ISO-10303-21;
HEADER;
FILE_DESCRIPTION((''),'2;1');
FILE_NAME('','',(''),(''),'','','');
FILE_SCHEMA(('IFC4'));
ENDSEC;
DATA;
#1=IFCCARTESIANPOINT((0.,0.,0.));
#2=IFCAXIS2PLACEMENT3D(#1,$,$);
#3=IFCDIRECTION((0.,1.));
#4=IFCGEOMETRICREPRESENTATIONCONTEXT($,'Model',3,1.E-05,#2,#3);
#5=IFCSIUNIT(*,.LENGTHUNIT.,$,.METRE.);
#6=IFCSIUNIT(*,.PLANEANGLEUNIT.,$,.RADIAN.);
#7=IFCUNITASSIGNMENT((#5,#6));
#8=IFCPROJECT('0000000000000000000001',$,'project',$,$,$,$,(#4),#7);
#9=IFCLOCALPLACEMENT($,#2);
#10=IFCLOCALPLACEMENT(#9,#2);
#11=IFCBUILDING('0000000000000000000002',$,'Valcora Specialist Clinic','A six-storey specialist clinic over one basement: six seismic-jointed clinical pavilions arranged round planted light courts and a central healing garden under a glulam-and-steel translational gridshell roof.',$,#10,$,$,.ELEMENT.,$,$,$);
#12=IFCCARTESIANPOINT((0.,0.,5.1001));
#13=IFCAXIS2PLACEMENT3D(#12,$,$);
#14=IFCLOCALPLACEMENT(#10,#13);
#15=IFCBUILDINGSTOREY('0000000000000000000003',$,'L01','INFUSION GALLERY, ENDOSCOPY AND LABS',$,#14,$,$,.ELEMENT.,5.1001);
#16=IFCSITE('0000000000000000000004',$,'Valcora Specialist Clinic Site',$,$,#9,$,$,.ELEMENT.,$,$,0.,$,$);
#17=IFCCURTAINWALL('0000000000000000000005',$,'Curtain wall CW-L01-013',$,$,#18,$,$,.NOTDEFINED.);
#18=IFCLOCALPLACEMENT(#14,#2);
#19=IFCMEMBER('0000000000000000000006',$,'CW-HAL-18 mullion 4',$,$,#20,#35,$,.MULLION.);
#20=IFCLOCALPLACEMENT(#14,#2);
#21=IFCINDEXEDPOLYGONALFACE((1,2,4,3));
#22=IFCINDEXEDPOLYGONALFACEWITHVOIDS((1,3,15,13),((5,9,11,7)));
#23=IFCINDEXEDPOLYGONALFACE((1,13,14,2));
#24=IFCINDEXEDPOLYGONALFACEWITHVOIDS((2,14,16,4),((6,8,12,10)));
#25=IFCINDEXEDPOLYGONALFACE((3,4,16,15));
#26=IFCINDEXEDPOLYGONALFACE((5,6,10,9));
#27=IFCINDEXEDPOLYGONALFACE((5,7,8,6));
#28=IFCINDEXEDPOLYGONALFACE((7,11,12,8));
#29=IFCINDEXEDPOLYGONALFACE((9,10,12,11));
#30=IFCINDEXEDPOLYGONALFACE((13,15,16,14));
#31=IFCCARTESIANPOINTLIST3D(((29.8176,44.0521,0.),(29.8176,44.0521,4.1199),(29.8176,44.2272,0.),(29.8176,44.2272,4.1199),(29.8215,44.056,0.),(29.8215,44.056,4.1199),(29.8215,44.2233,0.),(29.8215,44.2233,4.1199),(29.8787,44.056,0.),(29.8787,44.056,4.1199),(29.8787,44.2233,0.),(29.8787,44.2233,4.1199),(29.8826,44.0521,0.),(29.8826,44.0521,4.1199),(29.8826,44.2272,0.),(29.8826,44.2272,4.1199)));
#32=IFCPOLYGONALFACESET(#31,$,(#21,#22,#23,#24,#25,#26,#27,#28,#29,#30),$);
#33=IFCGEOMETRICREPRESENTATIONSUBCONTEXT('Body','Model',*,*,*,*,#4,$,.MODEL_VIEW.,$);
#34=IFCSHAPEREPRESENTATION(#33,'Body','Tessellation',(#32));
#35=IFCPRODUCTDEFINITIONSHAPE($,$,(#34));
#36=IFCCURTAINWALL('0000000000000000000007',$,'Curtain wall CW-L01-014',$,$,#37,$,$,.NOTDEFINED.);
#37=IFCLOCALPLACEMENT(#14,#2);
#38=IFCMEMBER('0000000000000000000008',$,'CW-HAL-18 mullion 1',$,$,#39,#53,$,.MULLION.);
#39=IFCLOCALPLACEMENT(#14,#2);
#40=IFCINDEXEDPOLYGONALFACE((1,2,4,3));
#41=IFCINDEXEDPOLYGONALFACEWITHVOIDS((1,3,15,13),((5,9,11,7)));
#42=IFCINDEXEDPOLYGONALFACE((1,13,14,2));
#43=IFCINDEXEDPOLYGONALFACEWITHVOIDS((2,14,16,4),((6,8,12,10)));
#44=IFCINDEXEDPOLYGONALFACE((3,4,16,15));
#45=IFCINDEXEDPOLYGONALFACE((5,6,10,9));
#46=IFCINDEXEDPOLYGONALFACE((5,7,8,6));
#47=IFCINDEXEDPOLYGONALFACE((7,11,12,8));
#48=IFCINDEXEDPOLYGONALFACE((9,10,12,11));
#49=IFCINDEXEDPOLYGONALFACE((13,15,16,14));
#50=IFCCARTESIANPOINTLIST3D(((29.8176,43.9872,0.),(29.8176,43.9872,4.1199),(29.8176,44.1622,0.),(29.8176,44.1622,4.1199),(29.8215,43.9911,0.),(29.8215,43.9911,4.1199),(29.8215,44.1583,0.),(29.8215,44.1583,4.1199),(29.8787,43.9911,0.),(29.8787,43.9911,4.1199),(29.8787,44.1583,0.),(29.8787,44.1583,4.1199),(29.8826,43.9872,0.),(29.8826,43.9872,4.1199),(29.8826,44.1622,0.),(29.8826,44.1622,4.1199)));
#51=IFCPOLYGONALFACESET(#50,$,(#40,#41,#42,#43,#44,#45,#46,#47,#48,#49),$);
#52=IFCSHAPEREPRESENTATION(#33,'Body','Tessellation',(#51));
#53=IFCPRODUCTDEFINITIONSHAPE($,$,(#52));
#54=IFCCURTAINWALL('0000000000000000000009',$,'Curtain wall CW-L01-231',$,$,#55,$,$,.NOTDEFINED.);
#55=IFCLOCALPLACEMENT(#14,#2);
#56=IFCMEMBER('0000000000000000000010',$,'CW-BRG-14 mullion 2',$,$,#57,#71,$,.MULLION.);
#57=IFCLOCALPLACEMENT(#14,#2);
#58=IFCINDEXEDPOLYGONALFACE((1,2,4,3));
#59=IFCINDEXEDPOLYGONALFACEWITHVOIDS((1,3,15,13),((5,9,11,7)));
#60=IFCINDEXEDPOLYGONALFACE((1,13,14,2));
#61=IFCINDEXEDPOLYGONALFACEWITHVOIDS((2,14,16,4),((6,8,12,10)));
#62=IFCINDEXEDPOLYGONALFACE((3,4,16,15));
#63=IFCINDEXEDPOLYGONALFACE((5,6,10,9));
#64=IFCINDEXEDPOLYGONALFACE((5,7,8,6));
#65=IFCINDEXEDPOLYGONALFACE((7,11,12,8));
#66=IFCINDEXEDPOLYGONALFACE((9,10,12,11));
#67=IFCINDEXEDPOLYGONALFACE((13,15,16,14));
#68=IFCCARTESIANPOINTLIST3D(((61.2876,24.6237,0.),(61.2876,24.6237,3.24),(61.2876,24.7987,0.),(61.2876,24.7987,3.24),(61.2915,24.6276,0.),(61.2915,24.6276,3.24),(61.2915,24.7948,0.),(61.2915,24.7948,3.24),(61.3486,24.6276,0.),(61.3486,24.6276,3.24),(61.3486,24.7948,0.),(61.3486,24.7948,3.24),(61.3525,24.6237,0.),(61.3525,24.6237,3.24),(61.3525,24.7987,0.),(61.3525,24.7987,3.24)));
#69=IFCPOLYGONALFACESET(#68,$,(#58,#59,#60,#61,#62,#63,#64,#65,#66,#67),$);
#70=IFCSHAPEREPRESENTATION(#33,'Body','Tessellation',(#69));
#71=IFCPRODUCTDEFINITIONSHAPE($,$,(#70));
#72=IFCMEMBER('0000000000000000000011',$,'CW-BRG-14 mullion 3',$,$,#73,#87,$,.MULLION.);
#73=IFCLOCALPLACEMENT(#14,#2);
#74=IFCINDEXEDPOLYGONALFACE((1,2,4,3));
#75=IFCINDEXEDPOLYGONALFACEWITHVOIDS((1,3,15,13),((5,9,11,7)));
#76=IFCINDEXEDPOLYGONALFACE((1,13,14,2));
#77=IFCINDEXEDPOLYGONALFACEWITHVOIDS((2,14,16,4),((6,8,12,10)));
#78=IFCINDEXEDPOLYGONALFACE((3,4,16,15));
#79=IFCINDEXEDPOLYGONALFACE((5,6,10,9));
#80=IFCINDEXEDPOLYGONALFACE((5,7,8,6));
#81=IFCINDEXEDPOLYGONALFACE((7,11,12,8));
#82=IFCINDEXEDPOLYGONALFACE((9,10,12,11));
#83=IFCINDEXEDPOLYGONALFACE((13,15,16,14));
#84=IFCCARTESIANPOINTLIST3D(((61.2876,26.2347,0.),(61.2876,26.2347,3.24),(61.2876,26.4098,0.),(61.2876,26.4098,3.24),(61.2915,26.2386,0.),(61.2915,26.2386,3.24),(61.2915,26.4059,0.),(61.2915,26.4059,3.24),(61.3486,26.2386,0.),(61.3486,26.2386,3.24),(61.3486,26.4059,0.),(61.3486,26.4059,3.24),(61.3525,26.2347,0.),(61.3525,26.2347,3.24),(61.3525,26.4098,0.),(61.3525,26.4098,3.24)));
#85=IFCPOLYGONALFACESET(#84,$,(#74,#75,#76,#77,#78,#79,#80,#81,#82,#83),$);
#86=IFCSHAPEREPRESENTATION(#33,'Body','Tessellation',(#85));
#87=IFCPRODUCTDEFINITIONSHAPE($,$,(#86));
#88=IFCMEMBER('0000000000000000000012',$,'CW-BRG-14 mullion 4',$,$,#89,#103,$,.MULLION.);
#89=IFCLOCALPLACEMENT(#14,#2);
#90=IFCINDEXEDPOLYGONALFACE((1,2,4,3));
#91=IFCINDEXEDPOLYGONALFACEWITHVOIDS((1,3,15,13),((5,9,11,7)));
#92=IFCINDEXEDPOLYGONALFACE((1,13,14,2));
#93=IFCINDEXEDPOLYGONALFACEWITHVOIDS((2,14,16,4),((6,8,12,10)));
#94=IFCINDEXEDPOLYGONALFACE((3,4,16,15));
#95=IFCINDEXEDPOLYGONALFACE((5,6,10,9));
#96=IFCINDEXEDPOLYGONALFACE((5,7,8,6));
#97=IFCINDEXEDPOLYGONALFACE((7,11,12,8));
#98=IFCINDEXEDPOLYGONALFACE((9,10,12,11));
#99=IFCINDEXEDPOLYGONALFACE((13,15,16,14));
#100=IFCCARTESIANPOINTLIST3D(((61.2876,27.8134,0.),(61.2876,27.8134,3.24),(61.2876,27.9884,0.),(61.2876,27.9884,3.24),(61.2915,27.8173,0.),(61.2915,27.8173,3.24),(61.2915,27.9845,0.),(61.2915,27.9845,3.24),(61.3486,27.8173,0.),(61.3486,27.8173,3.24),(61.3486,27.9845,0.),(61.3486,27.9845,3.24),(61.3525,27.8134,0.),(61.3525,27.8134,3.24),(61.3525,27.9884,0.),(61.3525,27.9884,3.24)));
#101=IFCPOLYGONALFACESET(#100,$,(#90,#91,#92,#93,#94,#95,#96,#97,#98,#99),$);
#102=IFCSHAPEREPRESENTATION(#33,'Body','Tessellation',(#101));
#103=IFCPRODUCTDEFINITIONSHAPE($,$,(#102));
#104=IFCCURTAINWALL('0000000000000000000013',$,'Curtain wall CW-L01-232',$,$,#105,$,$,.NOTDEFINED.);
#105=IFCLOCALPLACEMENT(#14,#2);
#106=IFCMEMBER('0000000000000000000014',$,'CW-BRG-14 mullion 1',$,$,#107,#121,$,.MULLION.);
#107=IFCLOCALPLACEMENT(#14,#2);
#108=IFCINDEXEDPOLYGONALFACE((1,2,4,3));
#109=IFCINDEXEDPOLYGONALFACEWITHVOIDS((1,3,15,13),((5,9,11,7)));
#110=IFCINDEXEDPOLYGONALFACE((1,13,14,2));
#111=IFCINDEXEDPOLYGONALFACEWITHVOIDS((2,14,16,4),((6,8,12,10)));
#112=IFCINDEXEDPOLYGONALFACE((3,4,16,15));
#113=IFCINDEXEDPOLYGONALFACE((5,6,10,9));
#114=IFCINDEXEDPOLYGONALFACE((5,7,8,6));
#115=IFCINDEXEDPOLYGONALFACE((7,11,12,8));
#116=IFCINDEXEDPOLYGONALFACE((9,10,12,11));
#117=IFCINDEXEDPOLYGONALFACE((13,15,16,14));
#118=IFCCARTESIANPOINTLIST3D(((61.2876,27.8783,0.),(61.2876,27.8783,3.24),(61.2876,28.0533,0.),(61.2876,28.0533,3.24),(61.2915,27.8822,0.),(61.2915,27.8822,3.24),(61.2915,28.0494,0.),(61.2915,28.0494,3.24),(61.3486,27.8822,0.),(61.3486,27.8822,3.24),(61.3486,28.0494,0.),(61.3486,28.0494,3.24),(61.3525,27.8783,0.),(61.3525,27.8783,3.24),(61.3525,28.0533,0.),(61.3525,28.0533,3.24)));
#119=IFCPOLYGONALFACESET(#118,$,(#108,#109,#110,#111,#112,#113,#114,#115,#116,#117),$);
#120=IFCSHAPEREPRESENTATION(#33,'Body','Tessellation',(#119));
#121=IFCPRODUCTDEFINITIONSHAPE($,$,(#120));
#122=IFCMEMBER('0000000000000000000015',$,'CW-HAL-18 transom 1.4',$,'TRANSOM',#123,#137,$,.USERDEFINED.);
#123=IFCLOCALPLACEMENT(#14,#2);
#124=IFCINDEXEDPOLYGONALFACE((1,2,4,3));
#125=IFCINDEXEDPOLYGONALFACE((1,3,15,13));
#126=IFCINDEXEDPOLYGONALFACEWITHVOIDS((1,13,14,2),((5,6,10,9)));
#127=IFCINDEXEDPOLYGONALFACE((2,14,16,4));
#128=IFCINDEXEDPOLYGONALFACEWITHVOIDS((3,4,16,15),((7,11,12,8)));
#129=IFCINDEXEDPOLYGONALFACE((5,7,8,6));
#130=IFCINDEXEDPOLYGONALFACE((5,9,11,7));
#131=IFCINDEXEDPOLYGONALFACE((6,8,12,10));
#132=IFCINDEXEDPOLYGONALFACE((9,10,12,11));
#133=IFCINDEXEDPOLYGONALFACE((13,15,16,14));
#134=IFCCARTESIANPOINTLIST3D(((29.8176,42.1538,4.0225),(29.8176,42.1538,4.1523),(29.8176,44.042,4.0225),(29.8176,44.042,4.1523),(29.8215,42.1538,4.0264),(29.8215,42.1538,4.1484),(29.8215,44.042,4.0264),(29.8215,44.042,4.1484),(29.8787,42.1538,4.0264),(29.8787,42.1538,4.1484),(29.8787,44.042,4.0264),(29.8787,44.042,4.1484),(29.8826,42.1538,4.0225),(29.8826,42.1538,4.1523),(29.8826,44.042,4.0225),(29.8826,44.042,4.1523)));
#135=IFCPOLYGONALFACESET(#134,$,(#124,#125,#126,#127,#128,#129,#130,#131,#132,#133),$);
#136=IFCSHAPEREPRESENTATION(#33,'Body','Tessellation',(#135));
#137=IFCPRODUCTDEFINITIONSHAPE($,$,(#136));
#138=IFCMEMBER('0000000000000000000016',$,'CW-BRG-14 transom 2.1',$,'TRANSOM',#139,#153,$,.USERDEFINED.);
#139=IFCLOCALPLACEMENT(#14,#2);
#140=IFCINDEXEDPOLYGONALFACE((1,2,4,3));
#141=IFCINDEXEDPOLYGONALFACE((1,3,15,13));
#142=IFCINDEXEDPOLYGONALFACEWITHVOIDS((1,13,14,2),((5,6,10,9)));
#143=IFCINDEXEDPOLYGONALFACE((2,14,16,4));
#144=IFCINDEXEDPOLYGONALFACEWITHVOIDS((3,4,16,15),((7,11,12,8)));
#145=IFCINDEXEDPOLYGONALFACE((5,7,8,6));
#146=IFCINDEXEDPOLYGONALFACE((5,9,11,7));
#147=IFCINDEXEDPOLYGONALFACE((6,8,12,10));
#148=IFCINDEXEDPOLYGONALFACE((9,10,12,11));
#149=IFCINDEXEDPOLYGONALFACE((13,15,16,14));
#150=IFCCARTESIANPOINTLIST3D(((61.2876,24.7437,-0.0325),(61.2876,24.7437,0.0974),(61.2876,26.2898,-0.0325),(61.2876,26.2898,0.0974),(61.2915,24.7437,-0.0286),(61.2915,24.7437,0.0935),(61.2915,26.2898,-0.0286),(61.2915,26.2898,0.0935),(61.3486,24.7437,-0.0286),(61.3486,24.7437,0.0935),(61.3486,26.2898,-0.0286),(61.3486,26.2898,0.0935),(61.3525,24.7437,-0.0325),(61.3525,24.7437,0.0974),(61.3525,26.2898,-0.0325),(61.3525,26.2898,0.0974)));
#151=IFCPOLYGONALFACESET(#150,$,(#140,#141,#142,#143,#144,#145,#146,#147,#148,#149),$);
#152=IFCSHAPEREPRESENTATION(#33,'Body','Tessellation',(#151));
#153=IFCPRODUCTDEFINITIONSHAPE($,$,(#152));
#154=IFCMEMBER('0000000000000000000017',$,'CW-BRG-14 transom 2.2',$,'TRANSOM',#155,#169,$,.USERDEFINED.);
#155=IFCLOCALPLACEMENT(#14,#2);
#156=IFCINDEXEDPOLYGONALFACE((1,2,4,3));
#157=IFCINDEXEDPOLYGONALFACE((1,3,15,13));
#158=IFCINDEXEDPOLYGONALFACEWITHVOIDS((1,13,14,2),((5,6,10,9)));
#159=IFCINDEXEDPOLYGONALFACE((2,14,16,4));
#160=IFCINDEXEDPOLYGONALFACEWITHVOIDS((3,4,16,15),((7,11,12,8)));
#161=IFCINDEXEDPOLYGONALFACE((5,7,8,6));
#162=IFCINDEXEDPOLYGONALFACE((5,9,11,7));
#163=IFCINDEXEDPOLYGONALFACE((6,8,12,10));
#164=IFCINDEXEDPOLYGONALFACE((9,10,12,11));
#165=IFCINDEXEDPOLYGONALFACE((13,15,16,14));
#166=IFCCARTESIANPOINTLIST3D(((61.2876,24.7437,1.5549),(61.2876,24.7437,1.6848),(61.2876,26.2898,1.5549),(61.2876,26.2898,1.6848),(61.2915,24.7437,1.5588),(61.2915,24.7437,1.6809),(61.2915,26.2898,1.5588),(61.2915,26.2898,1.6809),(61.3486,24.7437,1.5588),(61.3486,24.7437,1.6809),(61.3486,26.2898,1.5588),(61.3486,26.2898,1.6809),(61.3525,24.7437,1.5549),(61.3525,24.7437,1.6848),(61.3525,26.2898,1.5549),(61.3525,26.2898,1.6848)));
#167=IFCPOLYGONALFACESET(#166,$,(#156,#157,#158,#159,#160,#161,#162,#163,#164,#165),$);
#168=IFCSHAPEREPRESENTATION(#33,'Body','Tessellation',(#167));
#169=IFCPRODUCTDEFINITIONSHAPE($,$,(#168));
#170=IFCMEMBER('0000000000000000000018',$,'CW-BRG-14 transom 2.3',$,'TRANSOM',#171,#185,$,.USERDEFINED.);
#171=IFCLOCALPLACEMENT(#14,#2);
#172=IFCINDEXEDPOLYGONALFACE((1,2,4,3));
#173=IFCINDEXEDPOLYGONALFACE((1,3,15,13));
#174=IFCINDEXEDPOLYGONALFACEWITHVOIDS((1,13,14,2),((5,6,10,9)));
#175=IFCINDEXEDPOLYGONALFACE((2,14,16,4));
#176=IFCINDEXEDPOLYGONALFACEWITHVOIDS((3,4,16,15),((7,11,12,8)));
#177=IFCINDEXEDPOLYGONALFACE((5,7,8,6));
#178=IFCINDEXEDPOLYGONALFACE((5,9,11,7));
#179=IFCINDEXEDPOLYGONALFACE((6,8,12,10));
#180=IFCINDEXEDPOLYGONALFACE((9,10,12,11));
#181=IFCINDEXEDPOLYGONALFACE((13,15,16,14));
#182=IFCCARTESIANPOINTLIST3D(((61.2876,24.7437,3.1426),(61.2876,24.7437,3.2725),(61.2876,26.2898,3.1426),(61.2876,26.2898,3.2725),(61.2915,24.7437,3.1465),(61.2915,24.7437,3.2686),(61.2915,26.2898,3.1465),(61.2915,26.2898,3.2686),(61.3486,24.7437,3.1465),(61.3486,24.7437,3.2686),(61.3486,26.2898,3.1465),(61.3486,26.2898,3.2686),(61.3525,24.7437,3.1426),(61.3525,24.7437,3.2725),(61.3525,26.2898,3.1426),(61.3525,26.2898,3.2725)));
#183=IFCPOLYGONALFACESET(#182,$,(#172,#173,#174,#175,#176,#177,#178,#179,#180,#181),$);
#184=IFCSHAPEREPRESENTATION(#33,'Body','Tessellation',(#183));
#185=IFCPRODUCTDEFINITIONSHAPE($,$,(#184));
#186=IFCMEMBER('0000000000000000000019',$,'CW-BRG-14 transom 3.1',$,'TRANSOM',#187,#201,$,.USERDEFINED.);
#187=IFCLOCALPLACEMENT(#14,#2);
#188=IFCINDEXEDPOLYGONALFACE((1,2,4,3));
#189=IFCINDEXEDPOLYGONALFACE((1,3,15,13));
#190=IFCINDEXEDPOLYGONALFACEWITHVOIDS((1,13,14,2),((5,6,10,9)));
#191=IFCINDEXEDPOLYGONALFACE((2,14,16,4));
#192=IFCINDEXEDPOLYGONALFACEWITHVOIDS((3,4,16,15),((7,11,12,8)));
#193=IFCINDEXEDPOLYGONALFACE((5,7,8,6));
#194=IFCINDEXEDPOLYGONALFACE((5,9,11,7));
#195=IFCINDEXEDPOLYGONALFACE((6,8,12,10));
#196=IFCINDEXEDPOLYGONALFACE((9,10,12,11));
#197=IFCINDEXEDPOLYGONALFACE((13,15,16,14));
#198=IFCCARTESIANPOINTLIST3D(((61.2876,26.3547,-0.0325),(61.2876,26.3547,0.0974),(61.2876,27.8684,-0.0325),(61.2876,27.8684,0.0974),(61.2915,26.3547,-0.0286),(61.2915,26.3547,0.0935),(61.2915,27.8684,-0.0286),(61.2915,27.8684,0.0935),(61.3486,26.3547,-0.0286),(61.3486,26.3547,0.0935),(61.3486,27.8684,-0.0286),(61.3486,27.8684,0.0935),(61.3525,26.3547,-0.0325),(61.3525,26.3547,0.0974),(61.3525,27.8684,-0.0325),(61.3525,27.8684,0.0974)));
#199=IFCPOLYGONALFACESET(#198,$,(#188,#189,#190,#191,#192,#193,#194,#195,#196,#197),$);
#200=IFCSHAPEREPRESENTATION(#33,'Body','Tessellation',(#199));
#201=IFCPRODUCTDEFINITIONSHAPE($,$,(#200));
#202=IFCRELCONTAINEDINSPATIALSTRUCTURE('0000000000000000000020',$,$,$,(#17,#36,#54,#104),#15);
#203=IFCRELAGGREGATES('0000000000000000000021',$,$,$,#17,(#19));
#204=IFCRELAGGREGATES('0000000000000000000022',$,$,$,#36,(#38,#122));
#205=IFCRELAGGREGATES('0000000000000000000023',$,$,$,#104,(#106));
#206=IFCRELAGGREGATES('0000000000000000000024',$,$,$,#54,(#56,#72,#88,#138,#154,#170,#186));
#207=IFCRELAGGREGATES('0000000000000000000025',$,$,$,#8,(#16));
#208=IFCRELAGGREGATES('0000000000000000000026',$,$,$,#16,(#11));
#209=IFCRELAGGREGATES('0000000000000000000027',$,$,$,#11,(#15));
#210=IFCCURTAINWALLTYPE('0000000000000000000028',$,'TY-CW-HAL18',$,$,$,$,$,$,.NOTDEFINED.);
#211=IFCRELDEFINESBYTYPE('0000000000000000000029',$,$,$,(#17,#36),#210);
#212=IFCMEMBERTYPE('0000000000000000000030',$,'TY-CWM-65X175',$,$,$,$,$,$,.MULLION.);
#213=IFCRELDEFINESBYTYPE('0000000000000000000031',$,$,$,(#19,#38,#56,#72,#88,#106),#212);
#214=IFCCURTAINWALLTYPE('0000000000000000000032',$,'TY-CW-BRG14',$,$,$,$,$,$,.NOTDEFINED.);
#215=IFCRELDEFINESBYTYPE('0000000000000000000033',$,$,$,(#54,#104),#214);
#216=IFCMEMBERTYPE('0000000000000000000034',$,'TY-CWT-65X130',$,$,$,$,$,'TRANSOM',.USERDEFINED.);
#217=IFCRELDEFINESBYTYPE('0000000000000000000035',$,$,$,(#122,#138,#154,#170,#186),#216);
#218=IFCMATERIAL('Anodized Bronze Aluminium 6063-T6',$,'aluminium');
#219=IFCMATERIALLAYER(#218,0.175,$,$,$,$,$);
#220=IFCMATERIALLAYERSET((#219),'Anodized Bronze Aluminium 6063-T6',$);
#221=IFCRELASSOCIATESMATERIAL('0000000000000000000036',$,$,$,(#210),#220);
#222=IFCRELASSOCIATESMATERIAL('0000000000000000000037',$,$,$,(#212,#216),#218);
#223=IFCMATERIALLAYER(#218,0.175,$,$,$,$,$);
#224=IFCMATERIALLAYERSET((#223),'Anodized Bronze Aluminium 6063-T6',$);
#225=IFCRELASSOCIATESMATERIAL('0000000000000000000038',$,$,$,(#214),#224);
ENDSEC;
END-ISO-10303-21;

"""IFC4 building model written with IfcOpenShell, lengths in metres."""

from ifc_helpers import new_model, si_unit, direction, frame, origin, origin_2d, place, context, subcontext, project, spatial, hollow_rectangle, extrude, material, layer, layer_set, material_profile, profile_set, type_object, element, aggregate, save


model = new_model("IFC4")

# Units and contexts
model_context = context("Model", 3, precision=1e-05, world=origin(), true_north=direction((0.0, 1.0)))
body_context = subcontext(model_context, "Body", "Model", "MODEL_VIEW")
ifc_project = project(units=[si_unit("LENGTHUNIT", "METRE"), si_unit("PLANEANGLEUNIT", "RADIAN")], contexts=[model_context])

# Site, building, storey
site_placement = place(None, origin())
site = spatial("IfcSite", under=ifc_project, at=site_placement, Name="Valcora Specialist Clinic Site", CompositionType="ELEMENT", RefElevation=0.0)
building_placement = place(site_placement, origin())
building = spatial("IfcBuilding", under=site, at=building_placement, Name="Valcora Specialist Clinic", Description="A six-storey specialist clinic over one basement: six seismic-jointed clinical pavilions arranged round planted light courts and a central healing garden under a glulam-and-steel translational gridshell roof.", CompositionType="ELEMENT")
storey_placement = place(building_placement, frame((0.0, 0.0, 5.1001)))
storey = spatial("IfcBuildingStorey", under=building, at=storey_placement, Name="L01", Description="INFUSION GALLERY, ENDOSCOPY AND LABS", CompositionType="ELEMENT", Elevation=5.1001)

# Curtain walls, members
ifc_material_1 = material(Name="Anodized Bronze Aluminium 6063-T6", Category="aluminium")
ifc_layer_1 = layer(ifc_material_1, 0.175)
ifc_layer_set_1 = layer_set([ifc_layer_1], Name="Anodized Bronze Aluminium 6063-T6")
curtain_wall_type_1 = type_object("IfcCurtainWallType", Name="TY-CW-HAL18", PredefinedType="NOTDEFINED", material=ifc_layer_set_1)
curtain_wall_1_placement = place(storey_placement, origin())
curtain_wall_1 = element("IfcCurtainWall", 1, at=curtain_wall_1_placement, inside=storey, type_object=curtain_wall_type_1, Name="Curtain wall CW-L01-013", PredefinedType="NOTDEFINED")
ifc_material_profile_1 = material_profile(ifc_material_1, hollow_rectangle(XDim=0.0649, YDim=0.175, WallThickness=0.0039, at=origin_2d()), Name="AL-MUL-65X175")
ifc_profile_set_1 = profile_set([ifc_material_profile_1], Name="Anodized Bronze Aluminium 6063-T6")
member_type_1 = type_object("IfcMemberType", Name="TY-CWM-65X175", PredefinedType="MULLION", material=ifc_profile_set_1)
member_1_placement = place(storey_placement, frame((29.8501, 44.1396, 0.0), z_axis=(0.0, 0.0, 1.0), x_axis=(1.0, 0.0, 0.0)))
member_1 = element("IfcMember", 2, at=member_1_placement, type_object=member_type_1, Name="CW-HAL-18 mullion 4", PredefinedType="MULLION", context=body_context, shape_type="SweptSolid", body=[
    extrude(hollow_rectangle(XDim=0.0649, YDim=0.175, WallThickness=0.0039, at=origin_2d()), origin(), (0.0, 0.0, 1.0), 4.1199),
])
aggregate(curtain_wall_1, [member_1])
curtain_wall_2_placement = place(storey_placement, origin())
curtain_wall_2 = element("IfcCurtainWall", 3, at=curtain_wall_2_placement, inside=storey, type_object=curtain_wall_type_1, Name="Curtain wall CW-L01-014", PredefinedType="NOTDEFINED")
member_2_placement = place(storey_placement, frame((29.8501, 44.0747, 0.0), z_axis=(0.0, 0.0, 1.0), x_axis=(1.0, 0.0, 0.0)))
member_2 = element("IfcMember", 4, at=member_2_placement, type_object=member_type_1, Name="CW-HAL-18 mullion 1", PredefinedType="MULLION", context=body_context, shape_type="SweptSolid", body=[
    extrude(hollow_rectangle(XDim=0.0649, YDim=0.175, WallThickness=0.0039, at=origin_2d()), origin(), (0.0, 0.0, 1.0), 4.1199),
])

# Curtain wall, members
ifc_layer_2 = layer(ifc_material_1, 0.175)
ifc_layer_set_2 = layer_set([ifc_layer_2], Name="Anodized Bronze Aluminium 6063-T6")
curtain_wall_type_2 = type_object("IfcCurtainWallType", Name="TY-CW-BRG14", PredefinedType="NOTDEFINED", material=ifc_layer_set_2)
curtain_wall_3_placement = place(storey_placement, origin())
curtain_wall_3 = element("IfcCurtainWall", 5, at=curtain_wall_3_placement, inside=storey, type_object=curtain_wall_type_2, Name="Curtain wall CW-L01-231", PredefinedType="NOTDEFINED")
member_3_placement = place(storey_placement, frame((61.3201, 24.7112, 0.0), z_axis=(0.0, 0.0, 1.0), x_axis=(-1.0, 0.0, 0.0)))
member_3 = element("IfcMember", 6, at=member_3_placement, type_object=member_type_1, Name="CW-BRG-14 mullion 2", PredefinedType="MULLION", context=body_context, shape_type="SweptSolid", body=[
    extrude(hollow_rectangle(XDim=0.0649, YDim=0.175, WallThickness=0.0039, at=origin_2d()), origin(), (0.0, 0.0, 1.0), 3.24),
])
member_4_placement = place(storey_placement, frame((61.3201, 26.3223, 0.0), z_axis=(0.0, 0.0, 1.0), x_axis=(-1.0, 0.0, 0.0)))
member_4 = element("IfcMember", 7, at=member_4_placement, type_object=member_type_1, Name="CW-BRG-14 mullion 3", PredefinedType="MULLION", context=body_context, shape_type="SweptSolid", body=[
    extrude(hollow_rectangle(XDim=0.0649, YDim=0.175, WallThickness=0.0039, at=origin_2d()), origin(), (0.0, 0.0, 1.0), 3.24),
])
member_5_placement = place(storey_placement, frame((61.3201, 27.9009, 0.0), z_axis=(0.0, 0.0, 1.0), x_axis=(-1.0, 0.0, 0.0)))
member_5 = element("IfcMember", 8, at=member_5_placement, type_object=member_type_1, Name="CW-BRG-14 mullion 4", PredefinedType="MULLION", context=body_context, shape_type="SweptSolid", body=[
    extrude(hollow_rectangle(XDim=0.0649, YDim=0.175, WallThickness=0.0039, at=origin_2d()), origin(), (0.0, 0.0, 1.0), 3.24),
])

# Curtain wall, member
curtain_wall_4_placement = place(storey_placement, origin())
curtain_wall_4 = element("IfcCurtainWall", 9, at=curtain_wall_4_placement, inside=storey, type_object=curtain_wall_type_2, Name="Curtain wall CW-L01-232", PredefinedType="NOTDEFINED")
member_6_placement = place(storey_placement, frame((61.3201, 27.9658, 0.0), z_axis=(0.0, 0.0, 1.0), x_axis=(-1.0, 0.0, 0.0)))
member_6 = element("IfcMember", 10, at=member_6_placement, type_object=member_type_1, Name="CW-BRG-14 mullion 1", PredefinedType="MULLION", context=body_context, shape_type="SweptSolid", body=[
    extrude(hollow_rectangle(XDim=0.0649, YDim=0.175, WallThickness=0.0039, at=origin_2d()), origin(), (0.0, 0.0, 1.0), 3.24),
])

# Members
ifc_material_profile_2 = material_profile(ifc_material_1, hollow_rectangle(XDim=0.0649, YDim=0.1299, WallThickness=0.0039, at=origin_2d()), Name="AL-TRN-65X130")
ifc_profile_set_2 = profile_set([ifc_material_profile_2], Name="Anodized Bronze Aluminium 6063-T6")
member_type_2 = type_object("IfcMemberType", Name="TY-CWT-65X130", ElementType="TRANSOM", PredefinedType="USERDEFINED", material=ifc_profile_set_2)
member_7_placement = place(storey_placement, frame((29.8501, 44.042, 4.0874), z_axis=(0.0, -1.0, 0.0), x_axis=(1.0, 0.0, 0.0)))
member_7 = element("IfcMember", 11, at=member_7_placement, type_object=member_type_2, Name="CW-HAL-18 transom 1.4", ObjectType="TRANSOM", PredefinedType="USERDEFINED", context=body_context, shape_type="SweptSolid", body=[
    extrude(hollow_rectangle(XDim=0.0649, YDim=0.1299, WallThickness=0.0039, at=origin_2d()), origin(), (0.0, 0.0, 1.0), 1.8882),
])
aggregate(curtain_wall_2, [member_2, member_7])
member_8_placement = place(storey_placement, frame((61.3201, 24.7437, 0.0325), z_axis=(0.0, 1.0, 0.0), x_axis=(-1.0, 0.0, 0.0)))
member_8 = element("IfcMember", 12, at=member_8_placement, type_object=member_type_2, Name="CW-BRG-14 transom 2.1", ObjectType="TRANSOM", PredefinedType="USERDEFINED", context=body_context, shape_type="SweptSolid", body=[
    extrude(hollow_rectangle(XDim=0.0649, YDim=0.1299, WallThickness=0.0039, at=origin_2d()), origin(), (0.0, 0.0, 1.0), 1.5461),
])
member_9_placement = place(storey_placement, frame((61.3201, 24.7437, 1.6199), z_axis=(0.0, 1.0, 0.0), x_axis=(-1.0, 0.0, 0.0)))
member_9 = element("IfcMember", 13, at=member_9_placement, type_object=member_type_2, Name="CW-BRG-14 transom 2.2", ObjectType="TRANSOM", PredefinedType="USERDEFINED", context=body_context, shape_type="SweptSolid", body=[
    extrude(hollow_rectangle(XDim=0.0649, YDim=0.1299, WallThickness=0.0039, at=origin_2d()), origin(), (0.0, 0.0, 1.0), 1.5461),
])
member_10_placement = place(storey_placement, frame((61.3201, 24.7437, 3.2075), z_axis=(0.0, 1.0, 0.0), x_axis=(-1.0, 0.0, 0.0)))
member_10 = element("IfcMember", 14, at=member_10_placement, type_object=member_type_2, Name="CW-BRG-14 transom 2.3", ObjectType="TRANSOM", PredefinedType="USERDEFINED", context=body_context, shape_type="SweptSolid", body=[
    extrude(hollow_rectangle(XDim=0.0649, YDim=0.1299, WallThickness=0.0039, at=origin_2d()), origin(), (0.0, 0.0, 1.0), 1.5461),
])
member_11_placement = place(storey_placement, frame((61.3201, 26.3547, 0.0325), z_axis=(0.0, 1.0, 0.0), x_axis=(-1.0, 0.0, 0.0)))
member_11 = element("IfcMember", 15, at=member_11_placement, type_object=member_type_2, Name="CW-BRG-14 transom 3.1", ObjectType="TRANSOM", PredefinedType="USERDEFINED", context=body_context, shape_type="SweptSolid", body=[
    extrude(hollow_rectangle(XDim=0.0649, YDim=0.1299, WallThickness=0.0039, at=origin_2d()), origin(), (0.0, 0.0, 1.0), 1.5137),
])
aggregate(curtain_wall_4, [member_6])

aggregate(curtain_wall_3, [member_3, member_4, member_5, member_8, member_9, member_10, member_11])

save(model, "model.ifc")
